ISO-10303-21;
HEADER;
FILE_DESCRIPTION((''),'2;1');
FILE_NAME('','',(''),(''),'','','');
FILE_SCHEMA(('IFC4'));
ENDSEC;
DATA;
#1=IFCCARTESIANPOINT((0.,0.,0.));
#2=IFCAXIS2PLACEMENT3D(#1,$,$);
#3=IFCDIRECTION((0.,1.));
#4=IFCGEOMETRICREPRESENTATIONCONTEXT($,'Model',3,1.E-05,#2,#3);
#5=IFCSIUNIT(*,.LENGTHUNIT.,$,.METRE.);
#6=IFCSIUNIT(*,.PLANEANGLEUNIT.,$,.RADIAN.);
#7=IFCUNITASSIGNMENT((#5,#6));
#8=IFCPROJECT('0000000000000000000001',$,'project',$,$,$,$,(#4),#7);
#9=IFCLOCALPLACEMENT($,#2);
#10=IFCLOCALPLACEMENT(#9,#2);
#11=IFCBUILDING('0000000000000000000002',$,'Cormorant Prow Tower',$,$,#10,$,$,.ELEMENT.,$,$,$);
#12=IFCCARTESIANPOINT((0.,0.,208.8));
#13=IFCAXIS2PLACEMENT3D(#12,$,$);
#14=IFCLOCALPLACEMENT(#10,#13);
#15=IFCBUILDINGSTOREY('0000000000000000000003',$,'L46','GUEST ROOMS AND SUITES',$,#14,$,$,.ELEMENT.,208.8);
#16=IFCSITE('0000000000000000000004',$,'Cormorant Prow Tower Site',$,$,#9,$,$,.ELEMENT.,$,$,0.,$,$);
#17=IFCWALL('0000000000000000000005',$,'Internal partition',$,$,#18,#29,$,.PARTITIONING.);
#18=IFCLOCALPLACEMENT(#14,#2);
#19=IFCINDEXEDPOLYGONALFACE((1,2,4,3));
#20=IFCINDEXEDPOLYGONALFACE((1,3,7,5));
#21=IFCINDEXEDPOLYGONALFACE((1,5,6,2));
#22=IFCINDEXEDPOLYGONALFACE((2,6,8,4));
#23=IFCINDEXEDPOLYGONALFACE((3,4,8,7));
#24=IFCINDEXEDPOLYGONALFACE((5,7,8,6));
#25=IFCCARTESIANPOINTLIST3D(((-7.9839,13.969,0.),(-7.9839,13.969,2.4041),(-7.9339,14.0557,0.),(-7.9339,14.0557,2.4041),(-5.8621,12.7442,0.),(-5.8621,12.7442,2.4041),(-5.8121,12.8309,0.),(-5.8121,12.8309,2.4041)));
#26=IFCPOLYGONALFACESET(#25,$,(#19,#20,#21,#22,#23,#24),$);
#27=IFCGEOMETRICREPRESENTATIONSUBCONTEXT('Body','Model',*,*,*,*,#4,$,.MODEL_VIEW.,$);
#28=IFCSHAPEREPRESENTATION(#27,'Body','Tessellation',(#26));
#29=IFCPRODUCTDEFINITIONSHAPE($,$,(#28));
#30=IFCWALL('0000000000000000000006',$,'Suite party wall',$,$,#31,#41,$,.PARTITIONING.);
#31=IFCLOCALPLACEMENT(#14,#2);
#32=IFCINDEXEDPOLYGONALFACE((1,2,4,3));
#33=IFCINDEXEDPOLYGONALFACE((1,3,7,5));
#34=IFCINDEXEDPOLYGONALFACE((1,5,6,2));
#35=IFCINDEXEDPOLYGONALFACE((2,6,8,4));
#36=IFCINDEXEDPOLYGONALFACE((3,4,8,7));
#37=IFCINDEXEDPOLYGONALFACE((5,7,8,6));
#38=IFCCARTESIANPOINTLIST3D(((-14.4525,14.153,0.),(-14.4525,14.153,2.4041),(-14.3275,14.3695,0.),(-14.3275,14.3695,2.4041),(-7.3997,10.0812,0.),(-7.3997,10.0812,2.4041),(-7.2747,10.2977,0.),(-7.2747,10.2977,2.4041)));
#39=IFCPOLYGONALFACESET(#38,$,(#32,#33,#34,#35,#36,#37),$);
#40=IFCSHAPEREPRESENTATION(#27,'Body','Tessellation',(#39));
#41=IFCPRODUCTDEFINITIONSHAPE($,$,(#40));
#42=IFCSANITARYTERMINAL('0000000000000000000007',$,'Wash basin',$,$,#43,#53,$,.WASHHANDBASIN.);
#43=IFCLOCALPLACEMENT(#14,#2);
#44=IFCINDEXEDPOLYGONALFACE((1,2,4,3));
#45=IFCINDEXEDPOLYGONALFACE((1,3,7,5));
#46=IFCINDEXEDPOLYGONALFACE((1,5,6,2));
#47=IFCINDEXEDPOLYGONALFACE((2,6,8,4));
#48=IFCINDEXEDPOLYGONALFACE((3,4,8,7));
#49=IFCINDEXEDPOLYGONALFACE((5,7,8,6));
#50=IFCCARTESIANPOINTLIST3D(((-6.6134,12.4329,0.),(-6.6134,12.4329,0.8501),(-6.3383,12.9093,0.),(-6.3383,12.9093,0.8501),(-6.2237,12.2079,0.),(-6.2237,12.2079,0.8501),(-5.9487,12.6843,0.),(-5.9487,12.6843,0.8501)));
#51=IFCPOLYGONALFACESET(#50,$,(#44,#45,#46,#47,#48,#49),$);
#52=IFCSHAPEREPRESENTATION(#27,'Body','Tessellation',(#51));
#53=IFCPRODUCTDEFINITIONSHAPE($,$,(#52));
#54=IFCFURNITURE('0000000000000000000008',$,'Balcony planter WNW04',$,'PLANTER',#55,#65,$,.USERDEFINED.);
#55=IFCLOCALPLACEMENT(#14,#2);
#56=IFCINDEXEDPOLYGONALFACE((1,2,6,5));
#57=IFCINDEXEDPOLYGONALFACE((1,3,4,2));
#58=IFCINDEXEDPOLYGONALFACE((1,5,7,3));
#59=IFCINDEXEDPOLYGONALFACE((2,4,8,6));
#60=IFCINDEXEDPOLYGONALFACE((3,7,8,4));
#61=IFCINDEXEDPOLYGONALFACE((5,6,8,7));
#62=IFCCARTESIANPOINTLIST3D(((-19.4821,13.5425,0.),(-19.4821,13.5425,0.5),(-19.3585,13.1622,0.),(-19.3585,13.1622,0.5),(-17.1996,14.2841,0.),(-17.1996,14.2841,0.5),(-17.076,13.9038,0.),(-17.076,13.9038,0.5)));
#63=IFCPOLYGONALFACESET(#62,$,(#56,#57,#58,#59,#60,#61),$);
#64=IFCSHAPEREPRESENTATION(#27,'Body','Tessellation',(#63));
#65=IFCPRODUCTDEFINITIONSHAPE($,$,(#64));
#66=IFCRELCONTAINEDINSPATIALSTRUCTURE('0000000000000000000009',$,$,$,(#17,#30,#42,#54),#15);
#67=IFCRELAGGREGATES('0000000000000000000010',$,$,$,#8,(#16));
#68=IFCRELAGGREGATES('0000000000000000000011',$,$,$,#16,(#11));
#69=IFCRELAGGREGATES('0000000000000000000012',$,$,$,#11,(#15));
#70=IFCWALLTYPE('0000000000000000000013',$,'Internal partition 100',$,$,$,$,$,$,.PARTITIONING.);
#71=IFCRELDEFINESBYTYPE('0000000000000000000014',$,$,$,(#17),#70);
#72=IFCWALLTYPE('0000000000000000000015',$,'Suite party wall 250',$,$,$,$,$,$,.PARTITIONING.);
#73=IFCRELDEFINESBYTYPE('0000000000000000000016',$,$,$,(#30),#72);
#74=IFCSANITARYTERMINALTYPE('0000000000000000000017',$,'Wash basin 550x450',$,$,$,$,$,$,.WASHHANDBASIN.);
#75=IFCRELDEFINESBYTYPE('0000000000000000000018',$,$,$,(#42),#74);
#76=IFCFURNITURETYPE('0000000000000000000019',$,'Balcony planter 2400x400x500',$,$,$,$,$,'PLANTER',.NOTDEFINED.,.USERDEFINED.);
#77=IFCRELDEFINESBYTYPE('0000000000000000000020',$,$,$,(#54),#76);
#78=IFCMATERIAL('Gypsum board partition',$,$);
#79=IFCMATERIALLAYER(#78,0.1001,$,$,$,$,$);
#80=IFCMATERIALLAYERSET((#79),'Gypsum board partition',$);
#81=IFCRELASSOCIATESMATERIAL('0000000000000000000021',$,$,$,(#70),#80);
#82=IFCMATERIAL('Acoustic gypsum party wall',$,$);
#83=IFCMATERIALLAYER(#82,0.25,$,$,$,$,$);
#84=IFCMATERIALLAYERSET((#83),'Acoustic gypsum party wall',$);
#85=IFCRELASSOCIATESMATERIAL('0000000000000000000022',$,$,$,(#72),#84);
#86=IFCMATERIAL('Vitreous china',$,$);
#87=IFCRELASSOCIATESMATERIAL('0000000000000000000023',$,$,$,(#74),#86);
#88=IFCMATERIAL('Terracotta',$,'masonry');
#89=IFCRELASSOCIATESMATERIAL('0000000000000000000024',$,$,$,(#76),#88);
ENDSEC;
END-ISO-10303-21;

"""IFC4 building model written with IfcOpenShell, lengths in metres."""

from ifc_helpers import new_model, si_unit, direction, frame, frame_2d, origin, origin_2d, place, context, subcontext, project, spatial, rectangle, extrude, material, layer, layer_set, type_object, element, save


model = new_model("IFC4")

# Units and contexts
model_context = context("Model", 3, precision=1e-05, world=origin(), true_north=direction((0.0, 1.0)))
body_context = subcontext(model_context, "Body", "Model", "MODEL_VIEW")
ifc_project = project(units=[si_unit("LENGTHUNIT", "METRE"), si_unit("PLANEANGLEUNIT", "RADIAN")], contexts=[model_context])

# Site, building, storey
site_placement = place(None, origin())
site = spatial("IfcSite", under=ifc_project, at=site_placement, Name="Cormorant Prow Tower Site", CompositionType="ELEMENT", RefElevation=0.0)
building_placement = place(site_placement, origin())
building = spatial("IfcBuilding", under=site, at=building_placement, Name="Cormorant Prow Tower", CompositionType="ELEMENT")
storey_placement = place(building_placement, frame((0.0, 0.0, 208.8)))
storey = spatial("IfcBuildingStorey", under=building, at=storey_placement, Name="L46", Description="GUEST ROOMS AND SUITES", CompositionType="ELEMENT", Elevation=208.8)

# Walls
ifc_material_1 = material(Name="Gypsum board partition")
ifc_layer_1 = layer(ifc_material_1, 0.1001)
ifc_layer_set_1 = layer_set([ifc_layer_1], Name="Gypsum board partition")
wall_type_1 = type_object("IfcWallType", Name="Internal partition 100", PredefinedType="PARTITIONING", material=ifc_layer_set_1)
wall_1_placement = place(storey_placement, frame((-7.959, 14.0125, 0.0), z_axis=(0.0, 0.0, 1.0), x_axis=(0.866058, -0.499944, 0.0)))
element("IfcWall", 1, at=wall_1_placement, inside=storey, type_object=wall_type_1, Name="Internal partition", PredefinedType="PARTITIONING", context=body_context, shape_type="SweptSolid", body=[
    extrude(rectangle(XDim=2.45, YDim=0.1001, at=frame_2d((1.2251, 0.0))), origin(), (0.0, 0.0, 1.0), 2.4041),
])
ifc_material_2 = material(Name="Acoustic gypsum party wall")
ifc_layer_2 = layer(ifc_material_2, 0.25)
ifc_layer_set_2 = layer_set([ifc_layer_2], Name="Acoustic gypsum party wall")
wall_type_2 = type_object("IfcWallType", Name="Suite party wall 250", PredefinedType="PARTITIONING", material=ifc_layer_set_2)
wall_2_placement = place(storey_placement, frame((-14.3899, 14.2612, 0.0), z_axis=(0.0, 0.0, 1.0), x_axis=(0.866032, -0.499989, 0.0)))
element("IfcWall", 2, at=wall_2_placement, inside=storey, type_object=wall_type_2, Name="Suite party wall", PredefinedType="PARTITIONING", context=body_context, shape_type="SweptSolid", body=[
    extrude(rectangle(XDim=8.1438, YDim=0.25, at=frame_2d((4.0718, 0.0))), origin(), (0.0, 0.0, 1.0), 2.4041),
])

# Sanitary terminal
ifc_material_3 = material(Name="Vitreous china")
sanitary_terminal_type = type_object("IfcSanitaryTerminalType", Name="Wash basin 550x450", PredefinedType="WASHHANDBASIN", material=ifc_material_3)
sanitary_terminal_placement = place(storey_placement, frame((-6.281, 12.5586, 0.0), z_axis=(0.0, 0.0, 1.0), x_axis=(-0.5, -0.866025, 0.0)))
element("IfcSanitaryTerminal", 3, at=sanitary_terminal_placement, inside=storey, type_object=sanitary_terminal_type, Name="Wash basin", PredefinedType="WASHHANDBASIN", context=body_context, shape_type="SweptSolid", body=[
    extrude(rectangle(XDim=0.55, YDim=0.45, at=origin_2d()), origin(), (0.0, 0.0, 1.0), 0.8501),
])

# Furniture
ifc_material_4 = material(Name="Terracotta", Category="masonry")
furniture_type = type_object("IfcFurnitureType", Name="Balcony planter 2400x400x500", ElementType="PLANTER", AssemblyPlace="NOTDEFINED", PredefinedType="USERDEFINED", material=ifc_material_4)
furniture_placement = place(storey_placement, frame((-18.2791, 13.7231, 0.0), z_axis=(0.0, 0.0, 1.0), x_axis=(-0.951057, -0.309017, 0.0)))
element("IfcFurniture", 4, at=furniture_placement, inside=storey, type_object=furniture_type, Name="Balcony planter WNW04", ObjectType="PLANTER", PredefinedType="USERDEFINED", context=body_context, shape_type="SweptSolid", body=[
    extrude(rectangle(XDim=2.3999, YDim=0.3999, at=origin_2d()), origin(), (0.0, 0.0, 1.0), 0.5),
])

save(model, "model.ifc")
